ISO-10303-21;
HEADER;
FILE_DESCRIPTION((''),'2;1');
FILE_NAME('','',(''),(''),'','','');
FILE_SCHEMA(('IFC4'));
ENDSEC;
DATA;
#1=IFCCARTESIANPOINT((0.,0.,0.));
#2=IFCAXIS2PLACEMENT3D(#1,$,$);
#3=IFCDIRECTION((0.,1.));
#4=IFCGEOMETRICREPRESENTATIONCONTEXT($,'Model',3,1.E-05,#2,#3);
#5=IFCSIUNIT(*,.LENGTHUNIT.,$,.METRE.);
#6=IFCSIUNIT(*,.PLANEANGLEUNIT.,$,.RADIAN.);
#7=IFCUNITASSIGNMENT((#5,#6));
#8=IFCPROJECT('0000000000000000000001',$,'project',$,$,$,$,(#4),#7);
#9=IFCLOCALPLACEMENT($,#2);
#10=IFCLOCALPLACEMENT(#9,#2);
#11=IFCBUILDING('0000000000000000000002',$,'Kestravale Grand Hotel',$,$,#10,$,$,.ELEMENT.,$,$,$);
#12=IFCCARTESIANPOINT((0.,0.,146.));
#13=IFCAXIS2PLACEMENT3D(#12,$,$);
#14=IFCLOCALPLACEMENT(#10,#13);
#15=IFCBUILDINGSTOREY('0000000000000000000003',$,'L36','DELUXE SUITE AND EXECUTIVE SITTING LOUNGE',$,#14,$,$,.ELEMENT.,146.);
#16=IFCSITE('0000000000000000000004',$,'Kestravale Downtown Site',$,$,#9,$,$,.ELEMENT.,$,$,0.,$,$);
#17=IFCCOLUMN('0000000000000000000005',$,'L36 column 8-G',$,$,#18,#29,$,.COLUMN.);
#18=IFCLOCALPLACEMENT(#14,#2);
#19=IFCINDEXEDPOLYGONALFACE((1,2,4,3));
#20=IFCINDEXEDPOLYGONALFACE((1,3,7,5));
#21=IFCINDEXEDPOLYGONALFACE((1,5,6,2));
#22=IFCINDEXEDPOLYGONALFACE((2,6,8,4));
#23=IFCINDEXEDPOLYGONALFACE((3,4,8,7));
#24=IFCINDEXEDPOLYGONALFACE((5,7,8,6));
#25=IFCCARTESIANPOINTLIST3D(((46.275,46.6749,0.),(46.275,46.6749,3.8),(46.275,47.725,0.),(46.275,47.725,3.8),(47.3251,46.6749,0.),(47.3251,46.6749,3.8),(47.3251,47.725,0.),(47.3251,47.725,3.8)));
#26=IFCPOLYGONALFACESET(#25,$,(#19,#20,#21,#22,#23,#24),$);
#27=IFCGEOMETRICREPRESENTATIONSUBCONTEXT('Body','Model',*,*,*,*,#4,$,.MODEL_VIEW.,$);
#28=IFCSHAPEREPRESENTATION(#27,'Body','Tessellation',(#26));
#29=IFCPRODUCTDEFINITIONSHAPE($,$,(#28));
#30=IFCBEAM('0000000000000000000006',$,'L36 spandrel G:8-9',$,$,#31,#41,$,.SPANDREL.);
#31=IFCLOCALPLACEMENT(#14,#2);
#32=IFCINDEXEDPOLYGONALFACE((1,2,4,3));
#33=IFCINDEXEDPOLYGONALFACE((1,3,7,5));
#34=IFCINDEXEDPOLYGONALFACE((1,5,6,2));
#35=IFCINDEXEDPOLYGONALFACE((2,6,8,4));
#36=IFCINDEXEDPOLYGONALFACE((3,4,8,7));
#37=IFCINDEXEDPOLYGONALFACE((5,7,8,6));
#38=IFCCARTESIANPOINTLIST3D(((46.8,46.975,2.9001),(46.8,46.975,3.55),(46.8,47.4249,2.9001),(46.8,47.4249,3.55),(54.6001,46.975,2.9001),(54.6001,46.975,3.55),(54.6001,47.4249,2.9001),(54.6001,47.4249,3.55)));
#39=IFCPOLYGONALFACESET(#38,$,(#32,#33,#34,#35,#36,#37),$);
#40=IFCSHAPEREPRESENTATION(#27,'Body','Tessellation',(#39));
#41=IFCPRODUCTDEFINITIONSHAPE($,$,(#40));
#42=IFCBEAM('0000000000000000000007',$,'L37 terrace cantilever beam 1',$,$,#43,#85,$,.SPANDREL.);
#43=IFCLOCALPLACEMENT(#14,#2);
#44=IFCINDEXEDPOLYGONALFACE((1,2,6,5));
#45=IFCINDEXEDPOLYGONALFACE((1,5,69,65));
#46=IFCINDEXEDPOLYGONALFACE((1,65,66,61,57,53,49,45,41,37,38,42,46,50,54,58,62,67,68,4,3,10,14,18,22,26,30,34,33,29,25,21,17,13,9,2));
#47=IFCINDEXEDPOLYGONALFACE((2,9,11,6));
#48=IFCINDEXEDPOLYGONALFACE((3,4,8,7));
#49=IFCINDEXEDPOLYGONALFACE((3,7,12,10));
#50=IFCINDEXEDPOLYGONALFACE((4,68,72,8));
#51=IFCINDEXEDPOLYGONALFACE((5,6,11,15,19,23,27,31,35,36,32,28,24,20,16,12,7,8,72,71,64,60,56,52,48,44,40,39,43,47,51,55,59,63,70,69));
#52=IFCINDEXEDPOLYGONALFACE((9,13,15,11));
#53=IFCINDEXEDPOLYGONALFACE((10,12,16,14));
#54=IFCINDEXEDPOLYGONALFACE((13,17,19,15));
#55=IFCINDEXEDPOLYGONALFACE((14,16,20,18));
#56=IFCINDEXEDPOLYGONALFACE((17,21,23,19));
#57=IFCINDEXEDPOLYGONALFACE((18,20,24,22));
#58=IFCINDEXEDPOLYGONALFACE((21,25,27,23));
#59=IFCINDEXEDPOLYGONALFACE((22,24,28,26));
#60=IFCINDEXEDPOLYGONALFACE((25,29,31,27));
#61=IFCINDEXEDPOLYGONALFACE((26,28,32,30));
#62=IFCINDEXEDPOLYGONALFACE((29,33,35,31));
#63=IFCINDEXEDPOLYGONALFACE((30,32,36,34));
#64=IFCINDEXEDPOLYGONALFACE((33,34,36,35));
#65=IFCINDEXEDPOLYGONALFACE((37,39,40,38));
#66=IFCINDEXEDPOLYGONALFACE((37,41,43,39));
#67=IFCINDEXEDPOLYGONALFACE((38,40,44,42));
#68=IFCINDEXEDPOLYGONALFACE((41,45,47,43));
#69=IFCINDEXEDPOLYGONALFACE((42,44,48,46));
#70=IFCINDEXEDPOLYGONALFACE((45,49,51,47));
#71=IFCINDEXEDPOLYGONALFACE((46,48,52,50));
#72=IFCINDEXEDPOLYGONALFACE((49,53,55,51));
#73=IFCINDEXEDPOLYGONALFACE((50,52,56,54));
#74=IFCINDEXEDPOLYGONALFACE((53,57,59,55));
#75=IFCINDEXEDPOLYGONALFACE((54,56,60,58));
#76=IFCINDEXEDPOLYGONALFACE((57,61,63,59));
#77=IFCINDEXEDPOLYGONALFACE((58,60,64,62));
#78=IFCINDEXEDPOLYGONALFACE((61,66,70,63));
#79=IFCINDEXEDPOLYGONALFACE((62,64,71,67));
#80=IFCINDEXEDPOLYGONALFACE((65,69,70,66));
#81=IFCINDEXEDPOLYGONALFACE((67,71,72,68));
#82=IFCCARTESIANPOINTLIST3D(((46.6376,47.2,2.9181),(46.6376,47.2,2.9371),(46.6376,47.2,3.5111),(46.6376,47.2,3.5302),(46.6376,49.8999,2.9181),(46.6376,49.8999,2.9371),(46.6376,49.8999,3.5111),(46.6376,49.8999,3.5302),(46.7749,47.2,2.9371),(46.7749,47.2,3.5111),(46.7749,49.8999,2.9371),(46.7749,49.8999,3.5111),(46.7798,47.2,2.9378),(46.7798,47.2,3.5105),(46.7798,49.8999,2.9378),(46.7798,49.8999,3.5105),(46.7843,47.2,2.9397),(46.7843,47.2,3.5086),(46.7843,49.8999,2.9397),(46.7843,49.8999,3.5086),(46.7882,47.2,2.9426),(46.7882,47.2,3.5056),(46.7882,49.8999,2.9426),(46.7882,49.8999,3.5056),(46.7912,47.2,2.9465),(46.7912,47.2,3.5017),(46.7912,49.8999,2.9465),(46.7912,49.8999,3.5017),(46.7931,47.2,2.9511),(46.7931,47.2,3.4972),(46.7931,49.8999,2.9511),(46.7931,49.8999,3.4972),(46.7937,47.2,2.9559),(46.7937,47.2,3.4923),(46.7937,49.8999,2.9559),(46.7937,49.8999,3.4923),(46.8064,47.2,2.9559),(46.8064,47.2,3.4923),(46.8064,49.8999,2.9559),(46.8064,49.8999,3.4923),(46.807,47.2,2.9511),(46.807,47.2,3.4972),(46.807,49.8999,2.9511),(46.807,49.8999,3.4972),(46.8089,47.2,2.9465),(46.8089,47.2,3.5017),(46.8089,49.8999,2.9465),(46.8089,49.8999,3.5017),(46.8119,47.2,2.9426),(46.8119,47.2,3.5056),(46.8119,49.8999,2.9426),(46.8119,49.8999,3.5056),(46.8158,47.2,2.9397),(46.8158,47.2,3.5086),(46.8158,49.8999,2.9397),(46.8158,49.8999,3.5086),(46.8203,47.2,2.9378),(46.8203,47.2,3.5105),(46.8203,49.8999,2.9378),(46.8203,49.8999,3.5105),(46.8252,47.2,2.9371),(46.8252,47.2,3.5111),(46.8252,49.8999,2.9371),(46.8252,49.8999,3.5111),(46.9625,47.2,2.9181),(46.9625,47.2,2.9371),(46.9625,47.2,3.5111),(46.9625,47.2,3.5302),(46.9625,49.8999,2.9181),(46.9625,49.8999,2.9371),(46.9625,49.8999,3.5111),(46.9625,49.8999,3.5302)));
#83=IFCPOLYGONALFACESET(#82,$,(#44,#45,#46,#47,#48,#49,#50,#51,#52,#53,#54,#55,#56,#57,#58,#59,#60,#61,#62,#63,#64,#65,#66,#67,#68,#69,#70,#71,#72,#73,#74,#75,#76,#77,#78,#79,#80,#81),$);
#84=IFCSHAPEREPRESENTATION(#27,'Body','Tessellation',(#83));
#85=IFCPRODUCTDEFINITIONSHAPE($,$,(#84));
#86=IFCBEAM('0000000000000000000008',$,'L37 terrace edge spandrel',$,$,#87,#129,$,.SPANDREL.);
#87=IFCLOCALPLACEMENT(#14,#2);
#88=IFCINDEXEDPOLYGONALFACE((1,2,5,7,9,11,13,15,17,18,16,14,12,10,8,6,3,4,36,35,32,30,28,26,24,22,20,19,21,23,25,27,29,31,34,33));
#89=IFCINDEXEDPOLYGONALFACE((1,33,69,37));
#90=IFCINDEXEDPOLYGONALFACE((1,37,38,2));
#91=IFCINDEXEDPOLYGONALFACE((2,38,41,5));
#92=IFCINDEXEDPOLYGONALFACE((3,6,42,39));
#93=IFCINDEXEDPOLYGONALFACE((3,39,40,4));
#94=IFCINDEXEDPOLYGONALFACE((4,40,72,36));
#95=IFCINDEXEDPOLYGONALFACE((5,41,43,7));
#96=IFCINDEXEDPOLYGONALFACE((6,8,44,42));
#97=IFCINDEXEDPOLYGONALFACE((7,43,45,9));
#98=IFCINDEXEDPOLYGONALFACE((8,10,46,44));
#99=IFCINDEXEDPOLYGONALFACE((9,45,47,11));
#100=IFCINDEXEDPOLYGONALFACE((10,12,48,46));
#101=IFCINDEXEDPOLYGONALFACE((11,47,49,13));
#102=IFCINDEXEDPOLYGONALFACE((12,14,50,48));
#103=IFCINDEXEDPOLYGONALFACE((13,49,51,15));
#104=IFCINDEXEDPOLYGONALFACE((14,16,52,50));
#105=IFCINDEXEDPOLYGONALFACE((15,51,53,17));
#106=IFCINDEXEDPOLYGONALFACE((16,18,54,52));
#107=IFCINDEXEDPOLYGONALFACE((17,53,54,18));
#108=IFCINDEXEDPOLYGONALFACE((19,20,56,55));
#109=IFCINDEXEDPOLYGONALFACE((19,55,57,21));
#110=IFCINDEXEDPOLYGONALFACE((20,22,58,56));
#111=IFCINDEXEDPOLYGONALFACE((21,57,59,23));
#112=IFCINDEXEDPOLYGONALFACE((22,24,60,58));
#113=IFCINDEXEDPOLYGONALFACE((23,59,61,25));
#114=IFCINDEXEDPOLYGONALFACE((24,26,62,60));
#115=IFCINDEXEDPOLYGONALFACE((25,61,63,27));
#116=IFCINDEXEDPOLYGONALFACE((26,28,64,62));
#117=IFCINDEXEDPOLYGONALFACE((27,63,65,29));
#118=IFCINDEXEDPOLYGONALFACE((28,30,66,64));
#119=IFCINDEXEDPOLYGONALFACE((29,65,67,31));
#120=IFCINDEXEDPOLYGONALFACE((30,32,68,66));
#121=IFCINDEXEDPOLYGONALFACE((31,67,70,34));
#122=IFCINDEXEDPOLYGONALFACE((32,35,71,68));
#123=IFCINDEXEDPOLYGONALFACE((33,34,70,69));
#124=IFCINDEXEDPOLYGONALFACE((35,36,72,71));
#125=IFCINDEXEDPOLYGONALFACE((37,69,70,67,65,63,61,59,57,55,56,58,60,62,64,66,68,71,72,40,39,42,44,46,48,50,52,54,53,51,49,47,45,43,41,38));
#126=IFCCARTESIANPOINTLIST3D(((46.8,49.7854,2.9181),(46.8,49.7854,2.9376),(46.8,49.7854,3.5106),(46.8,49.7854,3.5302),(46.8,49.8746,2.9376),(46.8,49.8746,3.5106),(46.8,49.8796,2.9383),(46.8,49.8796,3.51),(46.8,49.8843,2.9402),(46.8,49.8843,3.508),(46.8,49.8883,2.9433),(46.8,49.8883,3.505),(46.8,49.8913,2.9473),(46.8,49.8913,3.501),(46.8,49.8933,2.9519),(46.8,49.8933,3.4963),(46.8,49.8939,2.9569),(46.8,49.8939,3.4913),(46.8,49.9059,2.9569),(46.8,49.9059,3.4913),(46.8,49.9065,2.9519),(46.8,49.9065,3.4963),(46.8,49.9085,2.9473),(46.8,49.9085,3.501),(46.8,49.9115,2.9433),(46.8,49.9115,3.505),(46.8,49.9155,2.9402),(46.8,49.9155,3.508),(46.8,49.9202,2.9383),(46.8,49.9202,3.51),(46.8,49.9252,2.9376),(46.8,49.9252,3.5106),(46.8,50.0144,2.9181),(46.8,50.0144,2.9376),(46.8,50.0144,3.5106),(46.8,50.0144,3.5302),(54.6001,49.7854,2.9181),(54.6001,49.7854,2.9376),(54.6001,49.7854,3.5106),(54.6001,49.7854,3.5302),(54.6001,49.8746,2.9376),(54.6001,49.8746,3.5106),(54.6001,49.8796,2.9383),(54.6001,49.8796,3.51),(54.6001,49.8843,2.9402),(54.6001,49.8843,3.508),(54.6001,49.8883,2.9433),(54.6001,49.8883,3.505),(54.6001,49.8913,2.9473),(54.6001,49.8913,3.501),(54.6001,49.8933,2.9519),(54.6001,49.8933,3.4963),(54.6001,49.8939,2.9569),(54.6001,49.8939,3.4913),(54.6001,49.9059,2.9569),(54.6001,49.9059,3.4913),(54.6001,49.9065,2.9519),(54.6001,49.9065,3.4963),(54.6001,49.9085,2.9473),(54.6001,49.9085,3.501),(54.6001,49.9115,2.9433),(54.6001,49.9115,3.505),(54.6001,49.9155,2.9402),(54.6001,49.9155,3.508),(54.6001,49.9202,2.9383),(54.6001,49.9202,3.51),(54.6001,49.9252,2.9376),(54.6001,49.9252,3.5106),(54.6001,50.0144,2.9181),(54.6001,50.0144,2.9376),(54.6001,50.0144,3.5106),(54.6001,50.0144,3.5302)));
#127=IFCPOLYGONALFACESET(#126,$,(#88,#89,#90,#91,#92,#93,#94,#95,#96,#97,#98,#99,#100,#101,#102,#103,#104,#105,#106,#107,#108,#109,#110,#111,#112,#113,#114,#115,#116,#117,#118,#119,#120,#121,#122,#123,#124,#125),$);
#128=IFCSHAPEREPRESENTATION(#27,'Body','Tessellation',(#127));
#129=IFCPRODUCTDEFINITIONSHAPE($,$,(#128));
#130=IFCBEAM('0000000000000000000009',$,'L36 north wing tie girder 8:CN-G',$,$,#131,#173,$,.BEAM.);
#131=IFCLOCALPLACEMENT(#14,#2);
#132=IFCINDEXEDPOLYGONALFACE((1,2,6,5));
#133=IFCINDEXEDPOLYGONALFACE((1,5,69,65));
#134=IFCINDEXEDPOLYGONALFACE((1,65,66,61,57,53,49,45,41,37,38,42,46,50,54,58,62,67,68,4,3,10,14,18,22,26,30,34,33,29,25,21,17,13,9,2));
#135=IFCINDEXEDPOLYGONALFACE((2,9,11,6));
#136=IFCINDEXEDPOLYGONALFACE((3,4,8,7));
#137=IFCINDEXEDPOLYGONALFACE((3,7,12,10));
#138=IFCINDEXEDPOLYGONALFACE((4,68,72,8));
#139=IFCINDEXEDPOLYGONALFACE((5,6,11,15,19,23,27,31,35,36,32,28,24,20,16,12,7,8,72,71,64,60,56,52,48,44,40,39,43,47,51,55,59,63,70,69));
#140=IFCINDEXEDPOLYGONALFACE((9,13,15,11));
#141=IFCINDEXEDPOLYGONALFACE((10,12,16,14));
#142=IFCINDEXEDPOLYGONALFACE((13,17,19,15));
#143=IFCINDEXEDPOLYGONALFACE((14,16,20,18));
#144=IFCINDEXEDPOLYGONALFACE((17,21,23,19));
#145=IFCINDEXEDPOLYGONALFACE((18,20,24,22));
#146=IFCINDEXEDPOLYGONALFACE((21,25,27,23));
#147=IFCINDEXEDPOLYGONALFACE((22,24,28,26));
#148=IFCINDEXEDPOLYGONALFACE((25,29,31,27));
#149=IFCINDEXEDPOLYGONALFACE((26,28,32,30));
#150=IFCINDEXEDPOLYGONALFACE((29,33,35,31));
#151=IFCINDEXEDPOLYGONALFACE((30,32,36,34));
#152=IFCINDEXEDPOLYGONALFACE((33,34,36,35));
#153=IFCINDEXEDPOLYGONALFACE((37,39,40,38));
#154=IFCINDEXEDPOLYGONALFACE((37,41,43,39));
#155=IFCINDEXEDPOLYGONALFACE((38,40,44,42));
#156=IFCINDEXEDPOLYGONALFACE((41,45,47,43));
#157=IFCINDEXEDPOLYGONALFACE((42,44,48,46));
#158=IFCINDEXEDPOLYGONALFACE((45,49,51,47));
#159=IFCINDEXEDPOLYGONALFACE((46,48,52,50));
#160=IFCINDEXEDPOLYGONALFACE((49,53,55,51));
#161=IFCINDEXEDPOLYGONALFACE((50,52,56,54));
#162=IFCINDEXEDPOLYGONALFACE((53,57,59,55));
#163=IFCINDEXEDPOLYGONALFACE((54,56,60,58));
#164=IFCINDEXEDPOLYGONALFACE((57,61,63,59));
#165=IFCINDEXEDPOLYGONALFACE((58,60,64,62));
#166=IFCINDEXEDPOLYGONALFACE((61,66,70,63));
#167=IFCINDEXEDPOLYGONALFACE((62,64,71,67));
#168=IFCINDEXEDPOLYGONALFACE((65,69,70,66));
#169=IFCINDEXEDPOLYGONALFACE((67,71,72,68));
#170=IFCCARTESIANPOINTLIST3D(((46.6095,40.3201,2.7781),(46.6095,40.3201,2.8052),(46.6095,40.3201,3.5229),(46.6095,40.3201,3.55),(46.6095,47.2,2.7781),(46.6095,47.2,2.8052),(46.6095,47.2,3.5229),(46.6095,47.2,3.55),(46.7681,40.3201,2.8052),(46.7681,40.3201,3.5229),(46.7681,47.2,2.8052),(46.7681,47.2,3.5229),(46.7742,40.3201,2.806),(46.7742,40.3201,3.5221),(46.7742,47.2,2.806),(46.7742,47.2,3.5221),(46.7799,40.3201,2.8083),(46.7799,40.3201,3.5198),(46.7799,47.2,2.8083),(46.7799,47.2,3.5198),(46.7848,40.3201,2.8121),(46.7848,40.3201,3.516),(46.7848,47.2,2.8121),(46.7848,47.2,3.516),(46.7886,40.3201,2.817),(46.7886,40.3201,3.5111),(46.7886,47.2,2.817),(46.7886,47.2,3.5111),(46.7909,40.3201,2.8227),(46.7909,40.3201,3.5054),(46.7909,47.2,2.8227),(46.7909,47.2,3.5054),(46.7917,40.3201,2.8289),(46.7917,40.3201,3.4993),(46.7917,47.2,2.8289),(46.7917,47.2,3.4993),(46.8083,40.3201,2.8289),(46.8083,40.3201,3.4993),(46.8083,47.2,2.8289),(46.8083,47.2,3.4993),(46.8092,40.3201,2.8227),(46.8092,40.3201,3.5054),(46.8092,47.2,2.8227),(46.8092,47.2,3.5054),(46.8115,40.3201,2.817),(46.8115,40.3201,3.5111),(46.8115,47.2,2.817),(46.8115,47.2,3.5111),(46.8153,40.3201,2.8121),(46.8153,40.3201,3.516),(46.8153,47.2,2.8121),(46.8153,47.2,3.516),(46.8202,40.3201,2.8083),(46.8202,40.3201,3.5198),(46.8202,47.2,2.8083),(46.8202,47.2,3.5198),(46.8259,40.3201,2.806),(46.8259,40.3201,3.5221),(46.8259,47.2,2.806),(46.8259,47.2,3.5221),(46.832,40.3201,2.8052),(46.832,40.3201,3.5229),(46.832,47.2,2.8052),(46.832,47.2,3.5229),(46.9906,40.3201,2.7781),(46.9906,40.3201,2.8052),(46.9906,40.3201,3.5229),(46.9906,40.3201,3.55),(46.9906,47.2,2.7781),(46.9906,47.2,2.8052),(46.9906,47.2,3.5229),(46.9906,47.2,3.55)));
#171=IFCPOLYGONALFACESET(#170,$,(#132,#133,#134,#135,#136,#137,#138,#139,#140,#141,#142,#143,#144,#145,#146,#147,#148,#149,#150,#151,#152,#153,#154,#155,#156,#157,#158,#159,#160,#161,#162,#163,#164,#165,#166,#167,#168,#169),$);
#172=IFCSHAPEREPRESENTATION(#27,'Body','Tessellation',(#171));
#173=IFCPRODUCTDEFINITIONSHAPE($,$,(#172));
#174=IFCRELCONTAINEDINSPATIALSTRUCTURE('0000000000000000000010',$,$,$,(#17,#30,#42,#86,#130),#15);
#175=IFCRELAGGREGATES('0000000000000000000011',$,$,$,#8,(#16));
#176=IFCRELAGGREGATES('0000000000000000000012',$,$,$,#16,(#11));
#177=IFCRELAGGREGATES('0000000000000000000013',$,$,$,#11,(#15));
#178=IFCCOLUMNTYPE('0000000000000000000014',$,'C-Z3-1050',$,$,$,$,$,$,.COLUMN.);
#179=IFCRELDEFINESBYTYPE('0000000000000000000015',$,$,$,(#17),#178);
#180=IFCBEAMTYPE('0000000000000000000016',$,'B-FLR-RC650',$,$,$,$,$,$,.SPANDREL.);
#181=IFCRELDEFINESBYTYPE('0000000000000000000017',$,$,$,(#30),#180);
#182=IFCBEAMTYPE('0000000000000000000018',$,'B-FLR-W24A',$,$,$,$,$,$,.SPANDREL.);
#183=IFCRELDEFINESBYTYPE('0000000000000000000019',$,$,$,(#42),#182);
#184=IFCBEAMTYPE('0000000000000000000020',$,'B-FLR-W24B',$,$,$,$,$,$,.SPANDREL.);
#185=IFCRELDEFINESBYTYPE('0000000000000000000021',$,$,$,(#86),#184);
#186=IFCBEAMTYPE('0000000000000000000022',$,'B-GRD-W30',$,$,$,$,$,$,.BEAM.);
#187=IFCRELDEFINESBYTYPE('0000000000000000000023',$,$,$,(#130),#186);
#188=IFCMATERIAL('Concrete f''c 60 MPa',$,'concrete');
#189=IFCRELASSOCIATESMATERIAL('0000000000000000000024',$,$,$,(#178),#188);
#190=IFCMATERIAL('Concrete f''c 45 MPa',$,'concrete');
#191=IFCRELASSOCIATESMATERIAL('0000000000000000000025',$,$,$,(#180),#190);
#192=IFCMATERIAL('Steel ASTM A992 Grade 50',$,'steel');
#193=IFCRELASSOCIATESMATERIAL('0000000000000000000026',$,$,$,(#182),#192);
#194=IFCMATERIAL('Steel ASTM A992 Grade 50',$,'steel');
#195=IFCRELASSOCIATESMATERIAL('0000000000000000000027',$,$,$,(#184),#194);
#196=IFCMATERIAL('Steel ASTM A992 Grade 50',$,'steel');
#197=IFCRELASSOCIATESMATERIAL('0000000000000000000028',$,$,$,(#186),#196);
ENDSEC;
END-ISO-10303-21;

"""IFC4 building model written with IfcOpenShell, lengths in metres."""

from ifc_helpers import new_model, si_unit, direction, frame, origin, origin_2d, place, context, subcontext, project, spatial, rectangle, i_section, extrude, material, material_profile, profile_set, type_object, element, save


model = new_model("IFC4")

# Units and contexts
model_context = context("Model", 3, precision=1e-05, world=origin(), true_north=direction((0.0, 1.0)))
body_context = subcontext(model_context, "Body", "Model", "MODEL_VIEW")
ifc_project = project(units=[si_unit("LENGTHUNIT", "METRE"), si_unit("PLANEANGLEUNIT", "RADIAN")], contexts=[model_context])

# Site, building, storey
site_placement = place(None, origin())
site = spatial("IfcSite", under=ifc_project, at=site_placement, Name="Kestravale Downtown Site", CompositionType="ELEMENT", RefElevation=0.0)
building_placement = place(site_placement, origin())
building = spatial("IfcBuilding", under=site, at=building_placement, Name="Kestravale Grand Hotel", CompositionType="ELEMENT")
storey_placement = place(building_placement, frame((0.0, 0.0, 146.0)))
storey = spatial("IfcBuildingStorey", under=building, at=storey_placement, Name="L36", Description="DELUXE SUITE AND EXECUTIVE SITTING LOUNGE", CompositionType="ELEMENT", Elevation=146.0)

# Column
ifc_material_1 = material(Name="Concrete f'c 60 MPa", Category="concrete")
ifc_material_profile_1 = material_profile(ifc_material_1, rectangle(XDim=1.05, YDim=1.05, at=origin_2d()))
ifc_profile_set_1 = profile_set([ifc_material_profile_1], Name="Concrete f'c 60 MPa")
column_type = type_object("IfcColumnType", Name="C-Z3-1050", PredefinedType="COLUMN", material=ifc_profile_set_1)
column_placement = place(storey_placement, frame((46.8, 47.2, 0.0), z_axis=(0.0, 0.0, 1.0), x_axis=(1.0, 0.0, 0.0)))
element("IfcColumn", 1, at=column_placement, inside=storey, type_object=column_type, Name="L36 column 8-G", PredefinedType="COLUMN", context=body_context, shape_type="SweptSolid", body=[
    extrude(rectangle(XDim=1.05, YDim=1.05, at=origin_2d()), origin(), (0.0, 0.0, 1.0), 3.8),
])

# Beams
ifc_material_2 = material(Name="Concrete f'c 45 MPa", Category="concrete")
ifc_material_profile_2 = material_profile(ifc_material_2, rectangle(XDim=0.45, YDim=0.6499, at=origin_2d()))
ifc_profile_set_2 = profile_set([ifc_material_profile_2], Name="Concrete f'c 45 MPa")
beam_type_1 = type_object("IfcBeamType", Name="B-FLR-RC650", PredefinedType="SPANDREL", material=ifc_profile_set_2)
beam_1_placement = place(storey_placement, frame((46.8, 47.2, 3.2251), z_axis=(1.0, 0.0, 0.0), x_axis=(0.0, 1.0, 0.0)))
element("IfcBeam", 2, at=beam_1_placement, inside=storey, type_object=beam_type_1, Name="L36 spandrel G:8-9", PredefinedType="SPANDREL", context=body_context, shape_type="SweptSolid", body=[
    extrude(rectangle(XDim=0.45, YDim=0.6499, at=origin_2d()), origin(), (0.0, 0.0, 1.0), 7.8),
])
ifc_material_3 = material(Name="Steel ASTM A992 Grade 50", Category="steel")
ifc_material_profile_3 = material_profile(ifc_material_3, i_section(OverallWidth=0.325, OverallDepth=0.6121, WebThickness=0.0127, FlangeThickness=0.019, FilletRadius=0.0188, at=origin_2d()))
ifc_profile_set_3 = profile_set([ifc_material_profile_3], Name="Steel ASTM A992 Grade 50")
beam_type_2 = type_object("IfcBeamType", Name="B-FLR-W24A", PredefinedType="SPANDREL", material=ifc_profile_set_3)
beam_2_placement = place(storey_placement, frame((46.8, 47.2, 3.2241), z_axis=(0.0, 1.0, 0.0), x_axis=(-1.0, 0.0, 0.0)))
element("IfcBeam", 3, at=beam_2_placement, inside=storey, type_object=beam_type_2, Name="L37 terrace cantilever beam 1", PredefinedType="SPANDREL", context=body_context, shape_type="SweptSolid", body=[
    extrude(i_section(OverallWidth=0.325, OverallDepth=0.6121, WebThickness=0.0127, FlangeThickness=0.019, FilletRadius=0.0188, at=origin_2d()), origin(), (0.0, 0.0, 1.0), 2.7),
])
ifc_material_4 = material(Name="Steel ASTM A992 Grade 50", Category="steel")
ifc_material_profile_4 = material_profile(ifc_material_4, i_section(OverallWidth=0.229, OverallDepth=0.6121, WebThickness=0.012, FlangeThickness=0.0195, FilletRadius=0.0193, at=origin_2d()))
ifc_profile_set_4 = profile_set([ifc_material_profile_4], Name="Steel ASTM A992 Grade 50")
beam_type_3 = type_object("IfcBeamType", Name="B-FLR-W24B", PredefinedType="SPANDREL", material=ifc_profile_set_4)
beam_3_placement = place(storey_placement, frame((46.8, 49.8999, 3.2241), z_axis=(1.0, 0.0, 0.0), x_axis=(0.0, 1.0, 0.0)))
element("IfcBeam", 4, at=beam_3_placement, inside=storey, type_object=beam_type_3, Name="L37 terrace edge spandrel", PredefinedType="SPANDREL", context=body_context, shape_type="SweptSolid", body=[
    extrude(i_section(OverallWidth=0.229, OverallDepth=0.6121, WebThickness=0.012, FlangeThickness=0.0195, FilletRadius=0.0193, at=origin_2d()), origin(), (0.0, 0.0, 1.0), 7.8),
])
ifc_material_5 = material(Name="Steel ASTM A992 Grade 50", Category="steel")
ifc_material_profile_5 = material_profile(ifc_material_5, i_section(OverallWidth=0.3811, OverallDepth=0.772, WebThickness=0.0166, FlangeThickness=0.0271, FilletRadius=0.0237, at=origin_2d()))
ifc_profile_set_5 = profile_set([ifc_material_profile_5], Name="Steel ASTM A992 Grade 50")
beam_type_4 = type_object("IfcBeamType", Name="B-GRD-W30", PredefinedType="BEAM", material=ifc_profile_set_5)
beam_4_placement = place(storey_placement, frame((46.8, 40.3201, 3.1641), z_axis=(0.0, 1.0, 0.0), x_axis=(-1.0, 0.0, 0.0)))
element("IfcBeam", 5, at=beam_4_placement, inside=storey, type_object=beam_type_4, Name="L36 north wing tie girder 8:CN-G", PredefinedType="BEAM", context=body_context, shape_type="SweptSolid", body=[
    extrude(i_section(OverallWidth=0.3811, OverallDepth=0.772, WebThickness=0.0166, FlangeThickness=0.0271, FilletRadius=0.0237, at=origin_2d()), origin(), (0.0, 0.0, 1.0), 6.8799),
])

save(model, "model.ifc")
